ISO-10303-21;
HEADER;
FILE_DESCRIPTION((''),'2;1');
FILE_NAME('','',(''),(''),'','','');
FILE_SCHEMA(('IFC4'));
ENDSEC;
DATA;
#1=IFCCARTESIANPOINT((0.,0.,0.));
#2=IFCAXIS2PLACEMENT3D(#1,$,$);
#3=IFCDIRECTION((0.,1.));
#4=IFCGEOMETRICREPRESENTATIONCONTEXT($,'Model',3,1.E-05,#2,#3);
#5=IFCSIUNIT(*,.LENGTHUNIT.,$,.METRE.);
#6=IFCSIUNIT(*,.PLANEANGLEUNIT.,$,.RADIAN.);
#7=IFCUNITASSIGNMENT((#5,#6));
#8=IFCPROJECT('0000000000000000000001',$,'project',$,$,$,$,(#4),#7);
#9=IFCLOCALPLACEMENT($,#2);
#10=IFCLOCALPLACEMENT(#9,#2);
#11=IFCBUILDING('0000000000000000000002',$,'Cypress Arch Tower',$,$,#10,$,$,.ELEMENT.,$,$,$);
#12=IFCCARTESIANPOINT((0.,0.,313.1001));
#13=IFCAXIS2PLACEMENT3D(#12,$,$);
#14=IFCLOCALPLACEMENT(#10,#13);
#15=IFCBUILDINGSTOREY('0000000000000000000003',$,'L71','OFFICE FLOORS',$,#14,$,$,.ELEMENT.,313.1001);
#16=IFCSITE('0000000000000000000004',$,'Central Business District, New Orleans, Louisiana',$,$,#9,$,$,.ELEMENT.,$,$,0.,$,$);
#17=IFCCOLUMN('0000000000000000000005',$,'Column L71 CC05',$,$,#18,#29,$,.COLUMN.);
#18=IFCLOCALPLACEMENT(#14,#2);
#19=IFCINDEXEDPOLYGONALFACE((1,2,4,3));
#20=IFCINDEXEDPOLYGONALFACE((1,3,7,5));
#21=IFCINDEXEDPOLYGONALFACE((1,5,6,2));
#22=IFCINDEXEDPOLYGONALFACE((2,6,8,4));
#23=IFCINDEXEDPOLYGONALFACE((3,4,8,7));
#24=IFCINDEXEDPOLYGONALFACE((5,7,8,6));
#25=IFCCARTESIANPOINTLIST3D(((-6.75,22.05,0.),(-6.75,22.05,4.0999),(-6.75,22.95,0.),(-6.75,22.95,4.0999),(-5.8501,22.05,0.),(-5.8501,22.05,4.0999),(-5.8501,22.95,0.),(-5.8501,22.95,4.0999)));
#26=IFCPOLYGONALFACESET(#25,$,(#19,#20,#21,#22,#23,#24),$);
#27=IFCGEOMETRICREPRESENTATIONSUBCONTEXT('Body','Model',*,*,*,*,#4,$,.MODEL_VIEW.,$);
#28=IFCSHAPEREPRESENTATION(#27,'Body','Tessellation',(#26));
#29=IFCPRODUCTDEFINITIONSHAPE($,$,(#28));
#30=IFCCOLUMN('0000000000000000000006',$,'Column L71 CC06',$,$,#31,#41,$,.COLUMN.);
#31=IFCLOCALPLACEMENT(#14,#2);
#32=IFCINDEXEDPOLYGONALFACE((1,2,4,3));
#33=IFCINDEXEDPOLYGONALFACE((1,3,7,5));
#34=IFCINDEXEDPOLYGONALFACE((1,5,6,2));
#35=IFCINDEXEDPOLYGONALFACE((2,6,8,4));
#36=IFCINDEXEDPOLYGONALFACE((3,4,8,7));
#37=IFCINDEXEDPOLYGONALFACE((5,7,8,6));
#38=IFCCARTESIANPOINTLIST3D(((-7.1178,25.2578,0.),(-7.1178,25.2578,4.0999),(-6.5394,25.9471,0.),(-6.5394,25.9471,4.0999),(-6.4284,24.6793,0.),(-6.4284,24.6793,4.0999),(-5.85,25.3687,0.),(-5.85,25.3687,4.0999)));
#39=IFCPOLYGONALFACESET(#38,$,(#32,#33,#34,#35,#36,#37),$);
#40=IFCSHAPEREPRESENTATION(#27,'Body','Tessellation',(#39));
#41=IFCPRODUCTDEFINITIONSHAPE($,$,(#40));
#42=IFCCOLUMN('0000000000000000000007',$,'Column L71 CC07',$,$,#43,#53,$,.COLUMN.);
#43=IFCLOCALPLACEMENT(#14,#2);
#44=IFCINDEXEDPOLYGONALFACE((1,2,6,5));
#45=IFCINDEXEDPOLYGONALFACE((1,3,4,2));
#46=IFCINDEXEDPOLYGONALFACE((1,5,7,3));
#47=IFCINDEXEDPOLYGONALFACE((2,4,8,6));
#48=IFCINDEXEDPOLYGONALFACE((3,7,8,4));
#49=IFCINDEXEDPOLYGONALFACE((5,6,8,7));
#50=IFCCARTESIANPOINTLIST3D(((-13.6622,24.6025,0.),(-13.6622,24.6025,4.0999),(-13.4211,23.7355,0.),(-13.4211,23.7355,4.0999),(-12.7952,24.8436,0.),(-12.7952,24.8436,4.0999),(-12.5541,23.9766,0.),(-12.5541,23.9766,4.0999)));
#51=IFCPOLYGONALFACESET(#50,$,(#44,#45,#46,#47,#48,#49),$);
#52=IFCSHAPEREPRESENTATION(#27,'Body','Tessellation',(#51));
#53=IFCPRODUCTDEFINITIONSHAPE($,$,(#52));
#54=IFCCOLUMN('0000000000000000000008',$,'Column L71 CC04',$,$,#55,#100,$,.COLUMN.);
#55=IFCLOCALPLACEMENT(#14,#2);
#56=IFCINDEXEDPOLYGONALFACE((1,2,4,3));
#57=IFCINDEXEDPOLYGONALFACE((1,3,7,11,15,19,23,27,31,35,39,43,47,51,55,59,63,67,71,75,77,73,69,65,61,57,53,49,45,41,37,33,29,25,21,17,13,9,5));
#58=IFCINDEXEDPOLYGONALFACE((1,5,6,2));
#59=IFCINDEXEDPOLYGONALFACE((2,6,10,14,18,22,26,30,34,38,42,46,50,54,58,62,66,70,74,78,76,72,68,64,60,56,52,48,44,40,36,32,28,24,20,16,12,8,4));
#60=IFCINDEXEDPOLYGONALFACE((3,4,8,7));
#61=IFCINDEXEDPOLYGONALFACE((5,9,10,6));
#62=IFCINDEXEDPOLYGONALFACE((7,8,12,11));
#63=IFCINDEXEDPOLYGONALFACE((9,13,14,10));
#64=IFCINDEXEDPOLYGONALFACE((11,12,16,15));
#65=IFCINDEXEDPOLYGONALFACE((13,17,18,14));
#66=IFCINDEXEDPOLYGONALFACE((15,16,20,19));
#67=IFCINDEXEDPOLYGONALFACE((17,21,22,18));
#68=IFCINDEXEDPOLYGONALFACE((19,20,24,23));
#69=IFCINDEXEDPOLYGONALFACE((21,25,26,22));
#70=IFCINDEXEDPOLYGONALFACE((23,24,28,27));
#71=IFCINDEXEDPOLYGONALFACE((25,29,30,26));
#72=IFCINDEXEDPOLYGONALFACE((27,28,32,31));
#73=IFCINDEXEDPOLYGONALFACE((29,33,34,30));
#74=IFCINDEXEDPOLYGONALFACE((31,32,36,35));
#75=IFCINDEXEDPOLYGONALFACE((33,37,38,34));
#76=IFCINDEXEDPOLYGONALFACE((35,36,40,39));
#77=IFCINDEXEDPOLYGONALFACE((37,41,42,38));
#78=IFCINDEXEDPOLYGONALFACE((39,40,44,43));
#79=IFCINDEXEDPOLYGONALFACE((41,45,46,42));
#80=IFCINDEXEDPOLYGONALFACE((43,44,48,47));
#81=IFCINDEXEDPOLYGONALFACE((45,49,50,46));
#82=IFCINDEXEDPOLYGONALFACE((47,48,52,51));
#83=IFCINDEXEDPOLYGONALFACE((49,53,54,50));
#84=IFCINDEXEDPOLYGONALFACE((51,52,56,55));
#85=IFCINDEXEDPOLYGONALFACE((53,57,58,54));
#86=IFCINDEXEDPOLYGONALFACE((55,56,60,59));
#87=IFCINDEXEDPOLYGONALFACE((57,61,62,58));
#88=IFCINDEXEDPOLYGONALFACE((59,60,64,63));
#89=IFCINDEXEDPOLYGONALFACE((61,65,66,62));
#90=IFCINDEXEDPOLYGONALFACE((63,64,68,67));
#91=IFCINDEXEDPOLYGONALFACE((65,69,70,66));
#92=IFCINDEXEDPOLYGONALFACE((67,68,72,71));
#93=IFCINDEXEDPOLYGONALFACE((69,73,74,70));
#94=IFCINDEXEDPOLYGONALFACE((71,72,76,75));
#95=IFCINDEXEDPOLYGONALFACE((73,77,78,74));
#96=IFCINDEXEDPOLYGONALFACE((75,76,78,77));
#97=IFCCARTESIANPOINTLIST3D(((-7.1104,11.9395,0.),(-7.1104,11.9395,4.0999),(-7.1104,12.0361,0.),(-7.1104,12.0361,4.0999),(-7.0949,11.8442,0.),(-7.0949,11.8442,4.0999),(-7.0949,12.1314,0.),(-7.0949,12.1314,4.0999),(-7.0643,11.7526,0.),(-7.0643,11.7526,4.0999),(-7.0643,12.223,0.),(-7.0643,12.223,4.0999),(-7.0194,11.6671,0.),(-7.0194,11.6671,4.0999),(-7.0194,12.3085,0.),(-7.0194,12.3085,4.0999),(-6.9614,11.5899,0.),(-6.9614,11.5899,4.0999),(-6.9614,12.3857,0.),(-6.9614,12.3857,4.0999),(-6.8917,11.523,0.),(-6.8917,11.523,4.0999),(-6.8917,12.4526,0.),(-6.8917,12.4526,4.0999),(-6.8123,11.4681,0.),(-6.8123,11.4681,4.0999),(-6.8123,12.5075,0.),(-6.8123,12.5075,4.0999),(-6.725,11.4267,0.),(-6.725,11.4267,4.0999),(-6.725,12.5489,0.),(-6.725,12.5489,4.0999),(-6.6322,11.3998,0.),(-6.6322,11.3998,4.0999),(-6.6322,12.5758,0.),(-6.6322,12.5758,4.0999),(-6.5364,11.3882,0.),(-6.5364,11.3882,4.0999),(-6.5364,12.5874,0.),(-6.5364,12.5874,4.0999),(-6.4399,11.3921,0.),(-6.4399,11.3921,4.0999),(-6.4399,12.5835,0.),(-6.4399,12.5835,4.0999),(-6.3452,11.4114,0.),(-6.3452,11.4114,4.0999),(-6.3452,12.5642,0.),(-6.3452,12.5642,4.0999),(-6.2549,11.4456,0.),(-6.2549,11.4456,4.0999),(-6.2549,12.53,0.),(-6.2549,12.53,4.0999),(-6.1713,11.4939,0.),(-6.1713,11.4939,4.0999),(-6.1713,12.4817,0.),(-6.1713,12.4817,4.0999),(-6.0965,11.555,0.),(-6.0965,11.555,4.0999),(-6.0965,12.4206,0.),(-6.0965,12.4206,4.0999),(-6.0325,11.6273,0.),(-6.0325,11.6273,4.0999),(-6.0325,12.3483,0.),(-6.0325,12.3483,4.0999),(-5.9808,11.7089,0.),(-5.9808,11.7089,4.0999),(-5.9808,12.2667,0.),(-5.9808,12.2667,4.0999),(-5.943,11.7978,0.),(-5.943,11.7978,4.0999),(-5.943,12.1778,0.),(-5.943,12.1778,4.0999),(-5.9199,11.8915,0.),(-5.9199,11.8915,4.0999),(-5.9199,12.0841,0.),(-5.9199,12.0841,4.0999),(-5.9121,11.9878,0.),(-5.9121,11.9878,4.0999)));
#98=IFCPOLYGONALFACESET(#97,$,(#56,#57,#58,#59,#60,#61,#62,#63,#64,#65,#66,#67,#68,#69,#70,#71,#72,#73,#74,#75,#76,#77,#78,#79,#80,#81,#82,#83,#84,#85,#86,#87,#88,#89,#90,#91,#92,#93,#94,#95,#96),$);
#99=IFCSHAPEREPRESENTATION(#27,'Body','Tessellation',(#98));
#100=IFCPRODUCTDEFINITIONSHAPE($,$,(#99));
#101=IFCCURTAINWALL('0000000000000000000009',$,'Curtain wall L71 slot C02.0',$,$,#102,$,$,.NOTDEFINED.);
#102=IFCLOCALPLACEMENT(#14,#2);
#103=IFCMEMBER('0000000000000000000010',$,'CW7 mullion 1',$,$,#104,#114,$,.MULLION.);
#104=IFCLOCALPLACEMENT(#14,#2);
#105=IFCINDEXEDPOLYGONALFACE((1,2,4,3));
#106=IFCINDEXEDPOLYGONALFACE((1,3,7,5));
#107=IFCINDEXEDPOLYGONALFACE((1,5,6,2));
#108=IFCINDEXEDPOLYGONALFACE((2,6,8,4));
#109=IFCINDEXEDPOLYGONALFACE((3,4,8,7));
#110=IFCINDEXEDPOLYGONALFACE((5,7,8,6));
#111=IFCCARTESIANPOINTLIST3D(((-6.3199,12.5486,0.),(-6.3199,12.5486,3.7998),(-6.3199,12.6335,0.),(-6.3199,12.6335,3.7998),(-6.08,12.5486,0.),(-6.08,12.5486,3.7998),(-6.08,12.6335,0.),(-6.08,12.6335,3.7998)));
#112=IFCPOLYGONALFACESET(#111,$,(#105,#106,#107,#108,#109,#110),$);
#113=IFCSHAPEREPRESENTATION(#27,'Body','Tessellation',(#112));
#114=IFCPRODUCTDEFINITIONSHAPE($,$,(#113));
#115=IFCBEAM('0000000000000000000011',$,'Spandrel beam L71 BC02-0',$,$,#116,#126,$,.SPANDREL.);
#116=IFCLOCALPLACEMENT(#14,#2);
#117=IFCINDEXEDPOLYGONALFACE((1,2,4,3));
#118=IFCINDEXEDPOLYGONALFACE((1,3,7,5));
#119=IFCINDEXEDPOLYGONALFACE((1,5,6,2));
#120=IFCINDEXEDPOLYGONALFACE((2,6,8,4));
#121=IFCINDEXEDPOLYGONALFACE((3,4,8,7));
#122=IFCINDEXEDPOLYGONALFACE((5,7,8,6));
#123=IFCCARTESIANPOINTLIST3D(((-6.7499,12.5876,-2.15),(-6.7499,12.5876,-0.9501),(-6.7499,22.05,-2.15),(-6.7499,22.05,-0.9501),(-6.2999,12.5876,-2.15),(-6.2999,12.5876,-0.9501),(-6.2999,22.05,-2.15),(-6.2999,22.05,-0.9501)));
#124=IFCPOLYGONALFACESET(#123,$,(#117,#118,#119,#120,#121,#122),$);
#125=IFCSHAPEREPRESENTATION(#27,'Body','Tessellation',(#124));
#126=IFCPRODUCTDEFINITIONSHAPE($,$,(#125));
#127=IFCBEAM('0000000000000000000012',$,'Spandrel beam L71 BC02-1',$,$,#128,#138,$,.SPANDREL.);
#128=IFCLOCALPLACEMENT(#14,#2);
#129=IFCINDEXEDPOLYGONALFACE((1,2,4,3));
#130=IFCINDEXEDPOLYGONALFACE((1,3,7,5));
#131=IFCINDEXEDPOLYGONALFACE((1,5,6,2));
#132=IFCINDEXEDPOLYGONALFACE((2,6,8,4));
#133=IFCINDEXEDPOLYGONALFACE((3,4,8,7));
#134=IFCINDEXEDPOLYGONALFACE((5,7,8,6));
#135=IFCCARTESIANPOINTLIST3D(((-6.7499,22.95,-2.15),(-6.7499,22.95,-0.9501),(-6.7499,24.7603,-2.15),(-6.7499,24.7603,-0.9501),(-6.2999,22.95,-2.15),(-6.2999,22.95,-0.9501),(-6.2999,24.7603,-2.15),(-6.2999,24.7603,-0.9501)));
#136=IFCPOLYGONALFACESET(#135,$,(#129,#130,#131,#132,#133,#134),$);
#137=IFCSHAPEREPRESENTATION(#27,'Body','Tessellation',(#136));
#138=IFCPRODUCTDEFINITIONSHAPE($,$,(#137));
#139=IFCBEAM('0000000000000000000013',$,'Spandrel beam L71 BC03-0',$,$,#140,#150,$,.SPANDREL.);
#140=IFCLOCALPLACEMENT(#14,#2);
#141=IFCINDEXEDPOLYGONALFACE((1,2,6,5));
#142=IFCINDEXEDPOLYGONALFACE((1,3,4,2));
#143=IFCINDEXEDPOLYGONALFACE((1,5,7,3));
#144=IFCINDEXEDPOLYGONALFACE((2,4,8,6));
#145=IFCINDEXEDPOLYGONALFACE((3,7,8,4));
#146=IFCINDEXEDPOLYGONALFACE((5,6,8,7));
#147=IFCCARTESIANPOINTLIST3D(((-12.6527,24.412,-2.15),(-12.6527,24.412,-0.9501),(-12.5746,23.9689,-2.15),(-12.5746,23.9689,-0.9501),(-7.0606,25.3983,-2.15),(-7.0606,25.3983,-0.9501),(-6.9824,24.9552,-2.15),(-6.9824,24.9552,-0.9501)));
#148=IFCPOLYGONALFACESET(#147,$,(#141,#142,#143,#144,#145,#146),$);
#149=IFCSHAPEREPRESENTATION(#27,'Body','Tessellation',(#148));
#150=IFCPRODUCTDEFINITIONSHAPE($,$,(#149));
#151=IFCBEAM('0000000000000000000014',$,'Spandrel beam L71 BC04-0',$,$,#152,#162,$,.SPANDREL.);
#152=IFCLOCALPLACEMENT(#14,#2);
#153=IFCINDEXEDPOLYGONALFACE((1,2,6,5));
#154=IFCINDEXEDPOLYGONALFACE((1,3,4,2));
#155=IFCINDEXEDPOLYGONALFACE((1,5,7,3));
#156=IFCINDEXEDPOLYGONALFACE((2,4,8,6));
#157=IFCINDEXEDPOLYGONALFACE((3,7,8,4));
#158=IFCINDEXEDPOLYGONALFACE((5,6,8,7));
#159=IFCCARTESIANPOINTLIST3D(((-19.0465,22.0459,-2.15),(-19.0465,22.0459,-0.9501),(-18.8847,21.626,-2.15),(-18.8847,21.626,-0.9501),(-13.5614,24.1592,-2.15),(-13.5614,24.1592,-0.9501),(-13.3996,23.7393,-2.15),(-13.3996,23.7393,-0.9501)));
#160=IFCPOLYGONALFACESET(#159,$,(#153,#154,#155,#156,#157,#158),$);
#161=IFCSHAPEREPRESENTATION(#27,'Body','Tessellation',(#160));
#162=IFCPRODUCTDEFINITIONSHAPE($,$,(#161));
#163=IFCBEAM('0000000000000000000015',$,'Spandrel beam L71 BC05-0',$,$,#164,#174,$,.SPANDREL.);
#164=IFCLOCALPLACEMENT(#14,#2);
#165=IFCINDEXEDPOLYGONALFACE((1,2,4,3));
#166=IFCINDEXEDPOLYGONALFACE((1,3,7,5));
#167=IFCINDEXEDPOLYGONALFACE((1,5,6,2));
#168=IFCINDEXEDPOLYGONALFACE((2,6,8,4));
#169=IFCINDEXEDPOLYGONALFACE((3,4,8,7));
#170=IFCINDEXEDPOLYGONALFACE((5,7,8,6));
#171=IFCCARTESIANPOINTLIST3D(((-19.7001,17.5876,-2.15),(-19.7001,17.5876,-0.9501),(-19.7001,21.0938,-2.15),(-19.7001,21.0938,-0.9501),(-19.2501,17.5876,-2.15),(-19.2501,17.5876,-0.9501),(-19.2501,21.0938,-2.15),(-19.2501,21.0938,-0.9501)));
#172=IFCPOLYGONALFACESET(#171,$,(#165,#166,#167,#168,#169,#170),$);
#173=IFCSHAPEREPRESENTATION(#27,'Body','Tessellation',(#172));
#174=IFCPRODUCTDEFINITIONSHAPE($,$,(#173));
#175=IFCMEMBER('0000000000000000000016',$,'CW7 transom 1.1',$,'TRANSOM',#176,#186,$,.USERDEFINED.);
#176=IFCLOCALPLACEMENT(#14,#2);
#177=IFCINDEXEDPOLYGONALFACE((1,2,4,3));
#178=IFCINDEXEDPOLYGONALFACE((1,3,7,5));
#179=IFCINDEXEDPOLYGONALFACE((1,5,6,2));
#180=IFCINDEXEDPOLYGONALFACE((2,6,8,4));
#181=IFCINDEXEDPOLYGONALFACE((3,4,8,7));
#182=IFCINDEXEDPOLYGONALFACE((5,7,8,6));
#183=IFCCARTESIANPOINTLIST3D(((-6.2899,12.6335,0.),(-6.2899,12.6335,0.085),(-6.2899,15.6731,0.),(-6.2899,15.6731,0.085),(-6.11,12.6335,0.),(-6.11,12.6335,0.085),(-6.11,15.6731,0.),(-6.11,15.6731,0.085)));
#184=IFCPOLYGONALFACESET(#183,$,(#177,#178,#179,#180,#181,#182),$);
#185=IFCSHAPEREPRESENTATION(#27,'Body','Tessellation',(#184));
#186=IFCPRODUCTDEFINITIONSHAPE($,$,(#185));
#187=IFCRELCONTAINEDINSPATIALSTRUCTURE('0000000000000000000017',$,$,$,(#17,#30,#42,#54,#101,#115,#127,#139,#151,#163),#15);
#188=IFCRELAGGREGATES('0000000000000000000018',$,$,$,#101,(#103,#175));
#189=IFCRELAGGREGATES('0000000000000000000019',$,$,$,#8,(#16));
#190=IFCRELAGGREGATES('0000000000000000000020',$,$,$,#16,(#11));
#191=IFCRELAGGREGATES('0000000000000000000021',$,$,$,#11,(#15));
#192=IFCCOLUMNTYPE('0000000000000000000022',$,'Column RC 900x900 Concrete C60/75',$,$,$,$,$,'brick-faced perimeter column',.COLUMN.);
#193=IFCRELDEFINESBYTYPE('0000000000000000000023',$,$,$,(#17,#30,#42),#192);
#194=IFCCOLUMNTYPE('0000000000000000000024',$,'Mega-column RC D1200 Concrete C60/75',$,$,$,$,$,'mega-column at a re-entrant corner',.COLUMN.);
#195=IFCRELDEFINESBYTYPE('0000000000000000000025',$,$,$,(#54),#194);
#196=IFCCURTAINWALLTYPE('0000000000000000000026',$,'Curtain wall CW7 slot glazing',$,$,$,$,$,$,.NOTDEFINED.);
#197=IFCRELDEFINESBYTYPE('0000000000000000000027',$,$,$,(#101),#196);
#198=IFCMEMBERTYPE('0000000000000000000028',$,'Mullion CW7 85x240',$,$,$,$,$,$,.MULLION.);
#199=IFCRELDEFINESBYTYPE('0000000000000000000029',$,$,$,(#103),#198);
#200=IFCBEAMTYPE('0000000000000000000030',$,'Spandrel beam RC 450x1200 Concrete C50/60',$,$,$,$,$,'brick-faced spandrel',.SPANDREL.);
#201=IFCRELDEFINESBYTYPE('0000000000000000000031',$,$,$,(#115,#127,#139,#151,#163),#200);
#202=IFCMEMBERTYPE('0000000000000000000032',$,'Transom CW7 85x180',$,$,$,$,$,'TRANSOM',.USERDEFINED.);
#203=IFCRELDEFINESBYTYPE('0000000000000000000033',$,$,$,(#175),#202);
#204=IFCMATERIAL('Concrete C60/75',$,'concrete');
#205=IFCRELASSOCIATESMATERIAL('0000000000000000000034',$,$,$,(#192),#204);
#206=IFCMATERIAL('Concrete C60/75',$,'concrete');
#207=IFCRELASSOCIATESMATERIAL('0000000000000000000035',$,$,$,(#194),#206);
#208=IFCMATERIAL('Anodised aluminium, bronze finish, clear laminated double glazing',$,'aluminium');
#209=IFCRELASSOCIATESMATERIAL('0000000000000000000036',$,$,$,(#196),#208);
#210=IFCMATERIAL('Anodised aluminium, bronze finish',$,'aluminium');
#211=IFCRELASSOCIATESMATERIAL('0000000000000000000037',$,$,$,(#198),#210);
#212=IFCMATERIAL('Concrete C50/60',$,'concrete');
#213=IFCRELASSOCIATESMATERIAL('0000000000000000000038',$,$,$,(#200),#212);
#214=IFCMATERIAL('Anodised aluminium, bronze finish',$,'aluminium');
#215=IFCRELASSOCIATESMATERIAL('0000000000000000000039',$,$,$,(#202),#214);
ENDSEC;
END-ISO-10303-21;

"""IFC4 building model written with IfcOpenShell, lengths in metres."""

from ifc_helpers import new_model, si_unit, direction, frame, origin, origin_2d, place, context, subcontext, project, spatial, rectangle, circle, extrude, material, material_profile, profile_set, type_object, element, aggregate, save


model = new_model("IFC4")

# Units and contexts
model_context = context("Model", 3, precision=1e-05, world=origin(), true_north=direction((0.0, 1.0)))
body_context = subcontext(model_context, "Body", "Model", "MODEL_VIEW")
ifc_project = project(units=[si_unit("LENGTHUNIT", "METRE"), si_unit("PLANEANGLEUNIT", "RADIAN")], contexts=[model_context])

# Site, building, storey
site_placement = place(None, origin())
site = spatial("IfcSite", under=ifc_project, at=site_placement, Name="Central Business District, New Orleans, Louisiana", CompositionType="ELEMENT", RefElevation=0.0)
building_placement = place(site_placement, origin())
building = spatial("IfcBuilding", under=site, at=building_placement, Name="Cypress Arch Tower", CompositionType="ELEMENT")
storey_placement = place(building_placement, frame((0.0, 0.0, 313.1001)))
storey = spatial("IfcBuildingStorey", under=building, at=storey_placement, Name="L71", Description="OFFICE FLOORS", CompositionType="ELEMENT", Elevation=313.1001)

# Columns
ifc_material_1 = material(Name="Concrete C60/75", Category="concrete")
ifc_material_profile_1 = material_profile(ifc_material_1, rectangle(XDim=0.8999, YDim=0.8999, at=origin_2d()), Name="RC 900x900")
ifc_profile_set_1 = profile_set([ifc_material_profile_1], Name="Concrete C60/75")
column_type_1 = type_object("IfcColumnType", Name="Column RC 900x900 Concrete C60/75", ElementType="brick-faced perimeter column", PredefinedType="COLUMN", material=ifc_profile_set_1)
for number, where, z_axis, x_axis, name in (
    (1, (-6.3, 22.5, 0.0), (0.0, 0.0, 1.0), (0.0, 1.0, 0.0), "Column L71 CC05"),
    (2, (-6.4839, 25.3132, 0.0), (0.0, 0.0, 1.0), (-0.766064, 0.642765, 0.0), "Column L71 CC06"),
    (3, (-13.1082, 24.2896, 0.0), (0.0, 0.0, 1.0), (-0.963456, -0.267868, 0.0), "Column L71 CC07"),
):
    element("IfcColumn", number, at=place(storey_placement, frame(where, z_axis=z_axis, x_axis=x_axis)), inside=storey, type_object=column_type_1, Name=name, PredefinedType="COLUMN", context=body_context, shape_type="SweptSolid", body=[
        extrude(rectangle(XDim=0.8999, YDim=0.8999, at=origin_2d()), origin(), (0.0, 0.0, 1.0), 4.0999),
    ])
ifc_material_2 = material(Name="Concrete C60/75", Category="concrete")
ifc_material_profile_2 = material_profile(ifc_material_2, circle(Radius=0.6001, at=origin_2d()), Name="RC D1200")
ifc_profile_set_2 = profile_set([ifc_material_profile_2], Name="Concrete C60/75")
column_type_2 = type_object("IfcColumnType", Name="Mega-column RC D1200 Concrete C60/75", ElementType="mega-column at a re-entrant corner", PredefinedType="COLUMN", material=ifc_profile_set_2)
column_placement = place(storey_placement, frame((-6.5122, 11.9878, 0.0), z_axis=(0.0, 0.0, 1.0), x_axis=(1.0, 0.0, 0.0)))
element("IfcColumn", 4, at=column_placement, inside=storey, type_object=column_type_2, Name="Column L71 CC04", PredefinedType="COLUMN", context=body_context, shape_type="SweptSolid", body=[
    extrude(circle(Radius=0.6001, at=origin_2d()), origin(), (0.0, 0.0, 1.0), 4.0999),
])

# Curtain wall, member
ifc_material_3 = material(Name="Anodised aluminium, bronze finish, clear laminated double glazing", Category="aluminium")
curtain_wall_type = type_object("IfcCurtainWallType", Name="Curtain wall CW7 slot glazing", PredefinedType="NOTDEFINED", material=ifc_material_3)
curtain_wall_placement = place(storey_placement, origin())
curtain_wall = element("IfcCurtainWall", 5, at=curtain_wall_placement, inside=storey, type_object=curtain_wall_type, Name="Curtain wall L71 slot C02.0", PredefinedType="NOTDEFINED")
ifc_material_4 = material(Name="Anodised aluminium, bronze finish", Category="aluminium")
ifc_material_profile_3 = material_profile(ifc_material_4, rectangle(XDim=0.24, YDim=0.085, at=origin_2d()), Name="Mullion 85x240")
ifc_profile_set_3 = profile_set([ifc_material_profile_3], Name="Anodised aluminium, bronze finish")
member_type_1 = type_object("IfcMemberType", Name="Mullion CW7 85x240", PredefinedType="MULLION", material=ifc_profile_set_3)
member_1_placement = place(storey_placement, frame((-6.2, 12.5911, 0.0), z_axis=(0.0, 0.0, 1.0), x_axis=(-1.0, 0.0, 0.0)))
member_1 = element("IfcMember", 6, at=member_1_placement, type_object=member_type_1, Name="CW7 mullion 1", PredefinedType="MULLION", context=body_context, shape_type="SweptSolid", body=[
    extrude(rectangle(XDim=0.24, YDim=0.085, at=origin_2d()), origin(), (0.0, 0.0, 1.0), 3.7998),
])

# Beams
ifc_material_5 = material(Name="Concrete C50/60", Category="concrete")
ifc_material_profile_4 = material_profile(ifc_material_5, rectangle(XDim=0.45, YDim=1.2, at=origin_2d()), Name="RC 450x1200")
ifc_profile_set_4 = profile_set([ifc_material_profile_4], Name="Concrete C50/60")
beam_type = type_object("IfcBeamType", Name="Spandrel beam RC 450x1200 Concrete C50/60", ElementType="brick-faced spandrel", PredefinedType="SPANDREL", material=ifc_profile_set_4)
beam_1_placement = place(storey_placement, frame((-6.5249, 12.5876, -1.55), z_axis=(0.0, 1.0, 0.0), x_axis=(-1.0, 0.0, 0.0)))
element("IfcBeam", 7, at=beam_1_placement, inside=storey, type_object=beam_type, Name="Spandrel beam L71 BC02-0", PredefinedType="SPANDREL", context=body_context, shape_type="SweptSolid", body=[
    extrude(rectangle(XDim=0.45, YDim=1.2, at=origin_2d()), origin(), (0.0, 0.0, 1.0), 9.4624),
])
beam_2_placement = place(storey_placement, frame((-6.5249, 22.95, -1.55), z_axis=(0.0, 1.0, 0.0), x_axis=(-1.0, 0.0, 0.0)))
element("IfcBeam", 8, at=beam_2_placement, inside=storey, type_object=beam_type, Name="Spandrel beam L71 BC02-1", PredefinedType="SPANDREL", context=body_context, shape_type="SweptSolid", body=[
    extrude(rectangle(XDim=0.45, YDim=1.2, at=origin_2d()), origin(), (0.0, 0.0, 1.0), 1.8103),
])
beam_3_placement = place(storey_placement, frame((-7.0215, 25.1768, -1.55), z_axis=(-0.984799, -0.173699, 0.0), x_axis=(0.173699, -0.984799, 0.0)))
element("IfcBeam", 9, at=beam_3_placement, inside=storey, type_object=beam_type, Name="Spandrel beam L71 BC03-0", PredefinedType="SPANDREL", context=body_context, shape_type="SweptSolid", body=[
    extrude(rectangle(XDim=0.45, YDim=1.2, at=origin_2d()), origin(), (0.0, 0.0, 1.0), 5.6785),
])
beam_4_placement = place(storey_placement, frame((-13.4805, 23.9492, -1.55), z_axis=(-0.933139, -0.359516, 0.0), x_axis=(0.359516, -0.933139, 0.0)))
element("IfcBeam", 10, at=beam_4_placement, inside=storey, type_object=beam_type, Name="Spandrel beam L71 BC04-0", PredefinedType="SPANDREL", context=body_context, shape_type="SweptSolid", body=[
    extrude(rectangle(XDim=0.45, YDim=1.2, at=origin_2d()), origin(), (0.0, 0.0, 1.0), 5.8782),
])
beam_5_placement = place(storey_placement, frame((-19.4751, 21.0938, -1.55), z_axis=(0.0, -1.0, 0.0), x_axis=(1.0, 0.0, 0.0)))
element("IfcBeam", 11, at=beam_5_placement, inside=storey, type_object=beam_type, Name="Spandrel beam L71 BC05-0", PredefinedType="SPANDREL", context=body_context, shape_type="SweptSolid", body=[
    extrude(rectangle(XDim=0.45, YDim=1.2, at=origin_2d()), origin(), (0.0, 0.0, 1.0), 3.5061),
])

# Member
ifc_material_6 = material(Name="Anodised aluminium, bronze finish", Category="aluminium")
ifc_material_profile_5 = material_profile(ifc_material_6, rectangle(XDim=0.1799, YDim=0.085, at=origin_2d()), Name="Transom 85x180")
ifc_profile_set_5 = profile_set([ifc_material_profile_5], Name="Anodised aluminium, bronze finish")
member_type_2 = type_object("IfcMemberType", Name="Transom CW7 85x180", ElementType="TRANSOM", PredefinedType="USERDEFINED", material=ifc_profile_set_5)
member_2_placement = place(storey_placement, frame((-6.2, 12.6335, 0.0425), z_axis=(0.0, 1.0, 0.0), x_axis=(-1.0, 0.0, 0.0)))
member_2 = element("IfcMember", 12, at=member_2_placement, type_object=member_type_2, Name="CW7 transom 1.1", ObjectType="TRANSOM", PredefinedType="USERDEFINED", context=body_context, shape_type="SweptSolid", body=[
    extrude(rectangle(XDim=0.1799, YDim=0.085, at=origin_2d()), origin(), (0.0, 0.0, 1.0), 3.0396),
])
aggregate(curtain_wall, [member_1, member_2])

save(model, "model.ifc")
